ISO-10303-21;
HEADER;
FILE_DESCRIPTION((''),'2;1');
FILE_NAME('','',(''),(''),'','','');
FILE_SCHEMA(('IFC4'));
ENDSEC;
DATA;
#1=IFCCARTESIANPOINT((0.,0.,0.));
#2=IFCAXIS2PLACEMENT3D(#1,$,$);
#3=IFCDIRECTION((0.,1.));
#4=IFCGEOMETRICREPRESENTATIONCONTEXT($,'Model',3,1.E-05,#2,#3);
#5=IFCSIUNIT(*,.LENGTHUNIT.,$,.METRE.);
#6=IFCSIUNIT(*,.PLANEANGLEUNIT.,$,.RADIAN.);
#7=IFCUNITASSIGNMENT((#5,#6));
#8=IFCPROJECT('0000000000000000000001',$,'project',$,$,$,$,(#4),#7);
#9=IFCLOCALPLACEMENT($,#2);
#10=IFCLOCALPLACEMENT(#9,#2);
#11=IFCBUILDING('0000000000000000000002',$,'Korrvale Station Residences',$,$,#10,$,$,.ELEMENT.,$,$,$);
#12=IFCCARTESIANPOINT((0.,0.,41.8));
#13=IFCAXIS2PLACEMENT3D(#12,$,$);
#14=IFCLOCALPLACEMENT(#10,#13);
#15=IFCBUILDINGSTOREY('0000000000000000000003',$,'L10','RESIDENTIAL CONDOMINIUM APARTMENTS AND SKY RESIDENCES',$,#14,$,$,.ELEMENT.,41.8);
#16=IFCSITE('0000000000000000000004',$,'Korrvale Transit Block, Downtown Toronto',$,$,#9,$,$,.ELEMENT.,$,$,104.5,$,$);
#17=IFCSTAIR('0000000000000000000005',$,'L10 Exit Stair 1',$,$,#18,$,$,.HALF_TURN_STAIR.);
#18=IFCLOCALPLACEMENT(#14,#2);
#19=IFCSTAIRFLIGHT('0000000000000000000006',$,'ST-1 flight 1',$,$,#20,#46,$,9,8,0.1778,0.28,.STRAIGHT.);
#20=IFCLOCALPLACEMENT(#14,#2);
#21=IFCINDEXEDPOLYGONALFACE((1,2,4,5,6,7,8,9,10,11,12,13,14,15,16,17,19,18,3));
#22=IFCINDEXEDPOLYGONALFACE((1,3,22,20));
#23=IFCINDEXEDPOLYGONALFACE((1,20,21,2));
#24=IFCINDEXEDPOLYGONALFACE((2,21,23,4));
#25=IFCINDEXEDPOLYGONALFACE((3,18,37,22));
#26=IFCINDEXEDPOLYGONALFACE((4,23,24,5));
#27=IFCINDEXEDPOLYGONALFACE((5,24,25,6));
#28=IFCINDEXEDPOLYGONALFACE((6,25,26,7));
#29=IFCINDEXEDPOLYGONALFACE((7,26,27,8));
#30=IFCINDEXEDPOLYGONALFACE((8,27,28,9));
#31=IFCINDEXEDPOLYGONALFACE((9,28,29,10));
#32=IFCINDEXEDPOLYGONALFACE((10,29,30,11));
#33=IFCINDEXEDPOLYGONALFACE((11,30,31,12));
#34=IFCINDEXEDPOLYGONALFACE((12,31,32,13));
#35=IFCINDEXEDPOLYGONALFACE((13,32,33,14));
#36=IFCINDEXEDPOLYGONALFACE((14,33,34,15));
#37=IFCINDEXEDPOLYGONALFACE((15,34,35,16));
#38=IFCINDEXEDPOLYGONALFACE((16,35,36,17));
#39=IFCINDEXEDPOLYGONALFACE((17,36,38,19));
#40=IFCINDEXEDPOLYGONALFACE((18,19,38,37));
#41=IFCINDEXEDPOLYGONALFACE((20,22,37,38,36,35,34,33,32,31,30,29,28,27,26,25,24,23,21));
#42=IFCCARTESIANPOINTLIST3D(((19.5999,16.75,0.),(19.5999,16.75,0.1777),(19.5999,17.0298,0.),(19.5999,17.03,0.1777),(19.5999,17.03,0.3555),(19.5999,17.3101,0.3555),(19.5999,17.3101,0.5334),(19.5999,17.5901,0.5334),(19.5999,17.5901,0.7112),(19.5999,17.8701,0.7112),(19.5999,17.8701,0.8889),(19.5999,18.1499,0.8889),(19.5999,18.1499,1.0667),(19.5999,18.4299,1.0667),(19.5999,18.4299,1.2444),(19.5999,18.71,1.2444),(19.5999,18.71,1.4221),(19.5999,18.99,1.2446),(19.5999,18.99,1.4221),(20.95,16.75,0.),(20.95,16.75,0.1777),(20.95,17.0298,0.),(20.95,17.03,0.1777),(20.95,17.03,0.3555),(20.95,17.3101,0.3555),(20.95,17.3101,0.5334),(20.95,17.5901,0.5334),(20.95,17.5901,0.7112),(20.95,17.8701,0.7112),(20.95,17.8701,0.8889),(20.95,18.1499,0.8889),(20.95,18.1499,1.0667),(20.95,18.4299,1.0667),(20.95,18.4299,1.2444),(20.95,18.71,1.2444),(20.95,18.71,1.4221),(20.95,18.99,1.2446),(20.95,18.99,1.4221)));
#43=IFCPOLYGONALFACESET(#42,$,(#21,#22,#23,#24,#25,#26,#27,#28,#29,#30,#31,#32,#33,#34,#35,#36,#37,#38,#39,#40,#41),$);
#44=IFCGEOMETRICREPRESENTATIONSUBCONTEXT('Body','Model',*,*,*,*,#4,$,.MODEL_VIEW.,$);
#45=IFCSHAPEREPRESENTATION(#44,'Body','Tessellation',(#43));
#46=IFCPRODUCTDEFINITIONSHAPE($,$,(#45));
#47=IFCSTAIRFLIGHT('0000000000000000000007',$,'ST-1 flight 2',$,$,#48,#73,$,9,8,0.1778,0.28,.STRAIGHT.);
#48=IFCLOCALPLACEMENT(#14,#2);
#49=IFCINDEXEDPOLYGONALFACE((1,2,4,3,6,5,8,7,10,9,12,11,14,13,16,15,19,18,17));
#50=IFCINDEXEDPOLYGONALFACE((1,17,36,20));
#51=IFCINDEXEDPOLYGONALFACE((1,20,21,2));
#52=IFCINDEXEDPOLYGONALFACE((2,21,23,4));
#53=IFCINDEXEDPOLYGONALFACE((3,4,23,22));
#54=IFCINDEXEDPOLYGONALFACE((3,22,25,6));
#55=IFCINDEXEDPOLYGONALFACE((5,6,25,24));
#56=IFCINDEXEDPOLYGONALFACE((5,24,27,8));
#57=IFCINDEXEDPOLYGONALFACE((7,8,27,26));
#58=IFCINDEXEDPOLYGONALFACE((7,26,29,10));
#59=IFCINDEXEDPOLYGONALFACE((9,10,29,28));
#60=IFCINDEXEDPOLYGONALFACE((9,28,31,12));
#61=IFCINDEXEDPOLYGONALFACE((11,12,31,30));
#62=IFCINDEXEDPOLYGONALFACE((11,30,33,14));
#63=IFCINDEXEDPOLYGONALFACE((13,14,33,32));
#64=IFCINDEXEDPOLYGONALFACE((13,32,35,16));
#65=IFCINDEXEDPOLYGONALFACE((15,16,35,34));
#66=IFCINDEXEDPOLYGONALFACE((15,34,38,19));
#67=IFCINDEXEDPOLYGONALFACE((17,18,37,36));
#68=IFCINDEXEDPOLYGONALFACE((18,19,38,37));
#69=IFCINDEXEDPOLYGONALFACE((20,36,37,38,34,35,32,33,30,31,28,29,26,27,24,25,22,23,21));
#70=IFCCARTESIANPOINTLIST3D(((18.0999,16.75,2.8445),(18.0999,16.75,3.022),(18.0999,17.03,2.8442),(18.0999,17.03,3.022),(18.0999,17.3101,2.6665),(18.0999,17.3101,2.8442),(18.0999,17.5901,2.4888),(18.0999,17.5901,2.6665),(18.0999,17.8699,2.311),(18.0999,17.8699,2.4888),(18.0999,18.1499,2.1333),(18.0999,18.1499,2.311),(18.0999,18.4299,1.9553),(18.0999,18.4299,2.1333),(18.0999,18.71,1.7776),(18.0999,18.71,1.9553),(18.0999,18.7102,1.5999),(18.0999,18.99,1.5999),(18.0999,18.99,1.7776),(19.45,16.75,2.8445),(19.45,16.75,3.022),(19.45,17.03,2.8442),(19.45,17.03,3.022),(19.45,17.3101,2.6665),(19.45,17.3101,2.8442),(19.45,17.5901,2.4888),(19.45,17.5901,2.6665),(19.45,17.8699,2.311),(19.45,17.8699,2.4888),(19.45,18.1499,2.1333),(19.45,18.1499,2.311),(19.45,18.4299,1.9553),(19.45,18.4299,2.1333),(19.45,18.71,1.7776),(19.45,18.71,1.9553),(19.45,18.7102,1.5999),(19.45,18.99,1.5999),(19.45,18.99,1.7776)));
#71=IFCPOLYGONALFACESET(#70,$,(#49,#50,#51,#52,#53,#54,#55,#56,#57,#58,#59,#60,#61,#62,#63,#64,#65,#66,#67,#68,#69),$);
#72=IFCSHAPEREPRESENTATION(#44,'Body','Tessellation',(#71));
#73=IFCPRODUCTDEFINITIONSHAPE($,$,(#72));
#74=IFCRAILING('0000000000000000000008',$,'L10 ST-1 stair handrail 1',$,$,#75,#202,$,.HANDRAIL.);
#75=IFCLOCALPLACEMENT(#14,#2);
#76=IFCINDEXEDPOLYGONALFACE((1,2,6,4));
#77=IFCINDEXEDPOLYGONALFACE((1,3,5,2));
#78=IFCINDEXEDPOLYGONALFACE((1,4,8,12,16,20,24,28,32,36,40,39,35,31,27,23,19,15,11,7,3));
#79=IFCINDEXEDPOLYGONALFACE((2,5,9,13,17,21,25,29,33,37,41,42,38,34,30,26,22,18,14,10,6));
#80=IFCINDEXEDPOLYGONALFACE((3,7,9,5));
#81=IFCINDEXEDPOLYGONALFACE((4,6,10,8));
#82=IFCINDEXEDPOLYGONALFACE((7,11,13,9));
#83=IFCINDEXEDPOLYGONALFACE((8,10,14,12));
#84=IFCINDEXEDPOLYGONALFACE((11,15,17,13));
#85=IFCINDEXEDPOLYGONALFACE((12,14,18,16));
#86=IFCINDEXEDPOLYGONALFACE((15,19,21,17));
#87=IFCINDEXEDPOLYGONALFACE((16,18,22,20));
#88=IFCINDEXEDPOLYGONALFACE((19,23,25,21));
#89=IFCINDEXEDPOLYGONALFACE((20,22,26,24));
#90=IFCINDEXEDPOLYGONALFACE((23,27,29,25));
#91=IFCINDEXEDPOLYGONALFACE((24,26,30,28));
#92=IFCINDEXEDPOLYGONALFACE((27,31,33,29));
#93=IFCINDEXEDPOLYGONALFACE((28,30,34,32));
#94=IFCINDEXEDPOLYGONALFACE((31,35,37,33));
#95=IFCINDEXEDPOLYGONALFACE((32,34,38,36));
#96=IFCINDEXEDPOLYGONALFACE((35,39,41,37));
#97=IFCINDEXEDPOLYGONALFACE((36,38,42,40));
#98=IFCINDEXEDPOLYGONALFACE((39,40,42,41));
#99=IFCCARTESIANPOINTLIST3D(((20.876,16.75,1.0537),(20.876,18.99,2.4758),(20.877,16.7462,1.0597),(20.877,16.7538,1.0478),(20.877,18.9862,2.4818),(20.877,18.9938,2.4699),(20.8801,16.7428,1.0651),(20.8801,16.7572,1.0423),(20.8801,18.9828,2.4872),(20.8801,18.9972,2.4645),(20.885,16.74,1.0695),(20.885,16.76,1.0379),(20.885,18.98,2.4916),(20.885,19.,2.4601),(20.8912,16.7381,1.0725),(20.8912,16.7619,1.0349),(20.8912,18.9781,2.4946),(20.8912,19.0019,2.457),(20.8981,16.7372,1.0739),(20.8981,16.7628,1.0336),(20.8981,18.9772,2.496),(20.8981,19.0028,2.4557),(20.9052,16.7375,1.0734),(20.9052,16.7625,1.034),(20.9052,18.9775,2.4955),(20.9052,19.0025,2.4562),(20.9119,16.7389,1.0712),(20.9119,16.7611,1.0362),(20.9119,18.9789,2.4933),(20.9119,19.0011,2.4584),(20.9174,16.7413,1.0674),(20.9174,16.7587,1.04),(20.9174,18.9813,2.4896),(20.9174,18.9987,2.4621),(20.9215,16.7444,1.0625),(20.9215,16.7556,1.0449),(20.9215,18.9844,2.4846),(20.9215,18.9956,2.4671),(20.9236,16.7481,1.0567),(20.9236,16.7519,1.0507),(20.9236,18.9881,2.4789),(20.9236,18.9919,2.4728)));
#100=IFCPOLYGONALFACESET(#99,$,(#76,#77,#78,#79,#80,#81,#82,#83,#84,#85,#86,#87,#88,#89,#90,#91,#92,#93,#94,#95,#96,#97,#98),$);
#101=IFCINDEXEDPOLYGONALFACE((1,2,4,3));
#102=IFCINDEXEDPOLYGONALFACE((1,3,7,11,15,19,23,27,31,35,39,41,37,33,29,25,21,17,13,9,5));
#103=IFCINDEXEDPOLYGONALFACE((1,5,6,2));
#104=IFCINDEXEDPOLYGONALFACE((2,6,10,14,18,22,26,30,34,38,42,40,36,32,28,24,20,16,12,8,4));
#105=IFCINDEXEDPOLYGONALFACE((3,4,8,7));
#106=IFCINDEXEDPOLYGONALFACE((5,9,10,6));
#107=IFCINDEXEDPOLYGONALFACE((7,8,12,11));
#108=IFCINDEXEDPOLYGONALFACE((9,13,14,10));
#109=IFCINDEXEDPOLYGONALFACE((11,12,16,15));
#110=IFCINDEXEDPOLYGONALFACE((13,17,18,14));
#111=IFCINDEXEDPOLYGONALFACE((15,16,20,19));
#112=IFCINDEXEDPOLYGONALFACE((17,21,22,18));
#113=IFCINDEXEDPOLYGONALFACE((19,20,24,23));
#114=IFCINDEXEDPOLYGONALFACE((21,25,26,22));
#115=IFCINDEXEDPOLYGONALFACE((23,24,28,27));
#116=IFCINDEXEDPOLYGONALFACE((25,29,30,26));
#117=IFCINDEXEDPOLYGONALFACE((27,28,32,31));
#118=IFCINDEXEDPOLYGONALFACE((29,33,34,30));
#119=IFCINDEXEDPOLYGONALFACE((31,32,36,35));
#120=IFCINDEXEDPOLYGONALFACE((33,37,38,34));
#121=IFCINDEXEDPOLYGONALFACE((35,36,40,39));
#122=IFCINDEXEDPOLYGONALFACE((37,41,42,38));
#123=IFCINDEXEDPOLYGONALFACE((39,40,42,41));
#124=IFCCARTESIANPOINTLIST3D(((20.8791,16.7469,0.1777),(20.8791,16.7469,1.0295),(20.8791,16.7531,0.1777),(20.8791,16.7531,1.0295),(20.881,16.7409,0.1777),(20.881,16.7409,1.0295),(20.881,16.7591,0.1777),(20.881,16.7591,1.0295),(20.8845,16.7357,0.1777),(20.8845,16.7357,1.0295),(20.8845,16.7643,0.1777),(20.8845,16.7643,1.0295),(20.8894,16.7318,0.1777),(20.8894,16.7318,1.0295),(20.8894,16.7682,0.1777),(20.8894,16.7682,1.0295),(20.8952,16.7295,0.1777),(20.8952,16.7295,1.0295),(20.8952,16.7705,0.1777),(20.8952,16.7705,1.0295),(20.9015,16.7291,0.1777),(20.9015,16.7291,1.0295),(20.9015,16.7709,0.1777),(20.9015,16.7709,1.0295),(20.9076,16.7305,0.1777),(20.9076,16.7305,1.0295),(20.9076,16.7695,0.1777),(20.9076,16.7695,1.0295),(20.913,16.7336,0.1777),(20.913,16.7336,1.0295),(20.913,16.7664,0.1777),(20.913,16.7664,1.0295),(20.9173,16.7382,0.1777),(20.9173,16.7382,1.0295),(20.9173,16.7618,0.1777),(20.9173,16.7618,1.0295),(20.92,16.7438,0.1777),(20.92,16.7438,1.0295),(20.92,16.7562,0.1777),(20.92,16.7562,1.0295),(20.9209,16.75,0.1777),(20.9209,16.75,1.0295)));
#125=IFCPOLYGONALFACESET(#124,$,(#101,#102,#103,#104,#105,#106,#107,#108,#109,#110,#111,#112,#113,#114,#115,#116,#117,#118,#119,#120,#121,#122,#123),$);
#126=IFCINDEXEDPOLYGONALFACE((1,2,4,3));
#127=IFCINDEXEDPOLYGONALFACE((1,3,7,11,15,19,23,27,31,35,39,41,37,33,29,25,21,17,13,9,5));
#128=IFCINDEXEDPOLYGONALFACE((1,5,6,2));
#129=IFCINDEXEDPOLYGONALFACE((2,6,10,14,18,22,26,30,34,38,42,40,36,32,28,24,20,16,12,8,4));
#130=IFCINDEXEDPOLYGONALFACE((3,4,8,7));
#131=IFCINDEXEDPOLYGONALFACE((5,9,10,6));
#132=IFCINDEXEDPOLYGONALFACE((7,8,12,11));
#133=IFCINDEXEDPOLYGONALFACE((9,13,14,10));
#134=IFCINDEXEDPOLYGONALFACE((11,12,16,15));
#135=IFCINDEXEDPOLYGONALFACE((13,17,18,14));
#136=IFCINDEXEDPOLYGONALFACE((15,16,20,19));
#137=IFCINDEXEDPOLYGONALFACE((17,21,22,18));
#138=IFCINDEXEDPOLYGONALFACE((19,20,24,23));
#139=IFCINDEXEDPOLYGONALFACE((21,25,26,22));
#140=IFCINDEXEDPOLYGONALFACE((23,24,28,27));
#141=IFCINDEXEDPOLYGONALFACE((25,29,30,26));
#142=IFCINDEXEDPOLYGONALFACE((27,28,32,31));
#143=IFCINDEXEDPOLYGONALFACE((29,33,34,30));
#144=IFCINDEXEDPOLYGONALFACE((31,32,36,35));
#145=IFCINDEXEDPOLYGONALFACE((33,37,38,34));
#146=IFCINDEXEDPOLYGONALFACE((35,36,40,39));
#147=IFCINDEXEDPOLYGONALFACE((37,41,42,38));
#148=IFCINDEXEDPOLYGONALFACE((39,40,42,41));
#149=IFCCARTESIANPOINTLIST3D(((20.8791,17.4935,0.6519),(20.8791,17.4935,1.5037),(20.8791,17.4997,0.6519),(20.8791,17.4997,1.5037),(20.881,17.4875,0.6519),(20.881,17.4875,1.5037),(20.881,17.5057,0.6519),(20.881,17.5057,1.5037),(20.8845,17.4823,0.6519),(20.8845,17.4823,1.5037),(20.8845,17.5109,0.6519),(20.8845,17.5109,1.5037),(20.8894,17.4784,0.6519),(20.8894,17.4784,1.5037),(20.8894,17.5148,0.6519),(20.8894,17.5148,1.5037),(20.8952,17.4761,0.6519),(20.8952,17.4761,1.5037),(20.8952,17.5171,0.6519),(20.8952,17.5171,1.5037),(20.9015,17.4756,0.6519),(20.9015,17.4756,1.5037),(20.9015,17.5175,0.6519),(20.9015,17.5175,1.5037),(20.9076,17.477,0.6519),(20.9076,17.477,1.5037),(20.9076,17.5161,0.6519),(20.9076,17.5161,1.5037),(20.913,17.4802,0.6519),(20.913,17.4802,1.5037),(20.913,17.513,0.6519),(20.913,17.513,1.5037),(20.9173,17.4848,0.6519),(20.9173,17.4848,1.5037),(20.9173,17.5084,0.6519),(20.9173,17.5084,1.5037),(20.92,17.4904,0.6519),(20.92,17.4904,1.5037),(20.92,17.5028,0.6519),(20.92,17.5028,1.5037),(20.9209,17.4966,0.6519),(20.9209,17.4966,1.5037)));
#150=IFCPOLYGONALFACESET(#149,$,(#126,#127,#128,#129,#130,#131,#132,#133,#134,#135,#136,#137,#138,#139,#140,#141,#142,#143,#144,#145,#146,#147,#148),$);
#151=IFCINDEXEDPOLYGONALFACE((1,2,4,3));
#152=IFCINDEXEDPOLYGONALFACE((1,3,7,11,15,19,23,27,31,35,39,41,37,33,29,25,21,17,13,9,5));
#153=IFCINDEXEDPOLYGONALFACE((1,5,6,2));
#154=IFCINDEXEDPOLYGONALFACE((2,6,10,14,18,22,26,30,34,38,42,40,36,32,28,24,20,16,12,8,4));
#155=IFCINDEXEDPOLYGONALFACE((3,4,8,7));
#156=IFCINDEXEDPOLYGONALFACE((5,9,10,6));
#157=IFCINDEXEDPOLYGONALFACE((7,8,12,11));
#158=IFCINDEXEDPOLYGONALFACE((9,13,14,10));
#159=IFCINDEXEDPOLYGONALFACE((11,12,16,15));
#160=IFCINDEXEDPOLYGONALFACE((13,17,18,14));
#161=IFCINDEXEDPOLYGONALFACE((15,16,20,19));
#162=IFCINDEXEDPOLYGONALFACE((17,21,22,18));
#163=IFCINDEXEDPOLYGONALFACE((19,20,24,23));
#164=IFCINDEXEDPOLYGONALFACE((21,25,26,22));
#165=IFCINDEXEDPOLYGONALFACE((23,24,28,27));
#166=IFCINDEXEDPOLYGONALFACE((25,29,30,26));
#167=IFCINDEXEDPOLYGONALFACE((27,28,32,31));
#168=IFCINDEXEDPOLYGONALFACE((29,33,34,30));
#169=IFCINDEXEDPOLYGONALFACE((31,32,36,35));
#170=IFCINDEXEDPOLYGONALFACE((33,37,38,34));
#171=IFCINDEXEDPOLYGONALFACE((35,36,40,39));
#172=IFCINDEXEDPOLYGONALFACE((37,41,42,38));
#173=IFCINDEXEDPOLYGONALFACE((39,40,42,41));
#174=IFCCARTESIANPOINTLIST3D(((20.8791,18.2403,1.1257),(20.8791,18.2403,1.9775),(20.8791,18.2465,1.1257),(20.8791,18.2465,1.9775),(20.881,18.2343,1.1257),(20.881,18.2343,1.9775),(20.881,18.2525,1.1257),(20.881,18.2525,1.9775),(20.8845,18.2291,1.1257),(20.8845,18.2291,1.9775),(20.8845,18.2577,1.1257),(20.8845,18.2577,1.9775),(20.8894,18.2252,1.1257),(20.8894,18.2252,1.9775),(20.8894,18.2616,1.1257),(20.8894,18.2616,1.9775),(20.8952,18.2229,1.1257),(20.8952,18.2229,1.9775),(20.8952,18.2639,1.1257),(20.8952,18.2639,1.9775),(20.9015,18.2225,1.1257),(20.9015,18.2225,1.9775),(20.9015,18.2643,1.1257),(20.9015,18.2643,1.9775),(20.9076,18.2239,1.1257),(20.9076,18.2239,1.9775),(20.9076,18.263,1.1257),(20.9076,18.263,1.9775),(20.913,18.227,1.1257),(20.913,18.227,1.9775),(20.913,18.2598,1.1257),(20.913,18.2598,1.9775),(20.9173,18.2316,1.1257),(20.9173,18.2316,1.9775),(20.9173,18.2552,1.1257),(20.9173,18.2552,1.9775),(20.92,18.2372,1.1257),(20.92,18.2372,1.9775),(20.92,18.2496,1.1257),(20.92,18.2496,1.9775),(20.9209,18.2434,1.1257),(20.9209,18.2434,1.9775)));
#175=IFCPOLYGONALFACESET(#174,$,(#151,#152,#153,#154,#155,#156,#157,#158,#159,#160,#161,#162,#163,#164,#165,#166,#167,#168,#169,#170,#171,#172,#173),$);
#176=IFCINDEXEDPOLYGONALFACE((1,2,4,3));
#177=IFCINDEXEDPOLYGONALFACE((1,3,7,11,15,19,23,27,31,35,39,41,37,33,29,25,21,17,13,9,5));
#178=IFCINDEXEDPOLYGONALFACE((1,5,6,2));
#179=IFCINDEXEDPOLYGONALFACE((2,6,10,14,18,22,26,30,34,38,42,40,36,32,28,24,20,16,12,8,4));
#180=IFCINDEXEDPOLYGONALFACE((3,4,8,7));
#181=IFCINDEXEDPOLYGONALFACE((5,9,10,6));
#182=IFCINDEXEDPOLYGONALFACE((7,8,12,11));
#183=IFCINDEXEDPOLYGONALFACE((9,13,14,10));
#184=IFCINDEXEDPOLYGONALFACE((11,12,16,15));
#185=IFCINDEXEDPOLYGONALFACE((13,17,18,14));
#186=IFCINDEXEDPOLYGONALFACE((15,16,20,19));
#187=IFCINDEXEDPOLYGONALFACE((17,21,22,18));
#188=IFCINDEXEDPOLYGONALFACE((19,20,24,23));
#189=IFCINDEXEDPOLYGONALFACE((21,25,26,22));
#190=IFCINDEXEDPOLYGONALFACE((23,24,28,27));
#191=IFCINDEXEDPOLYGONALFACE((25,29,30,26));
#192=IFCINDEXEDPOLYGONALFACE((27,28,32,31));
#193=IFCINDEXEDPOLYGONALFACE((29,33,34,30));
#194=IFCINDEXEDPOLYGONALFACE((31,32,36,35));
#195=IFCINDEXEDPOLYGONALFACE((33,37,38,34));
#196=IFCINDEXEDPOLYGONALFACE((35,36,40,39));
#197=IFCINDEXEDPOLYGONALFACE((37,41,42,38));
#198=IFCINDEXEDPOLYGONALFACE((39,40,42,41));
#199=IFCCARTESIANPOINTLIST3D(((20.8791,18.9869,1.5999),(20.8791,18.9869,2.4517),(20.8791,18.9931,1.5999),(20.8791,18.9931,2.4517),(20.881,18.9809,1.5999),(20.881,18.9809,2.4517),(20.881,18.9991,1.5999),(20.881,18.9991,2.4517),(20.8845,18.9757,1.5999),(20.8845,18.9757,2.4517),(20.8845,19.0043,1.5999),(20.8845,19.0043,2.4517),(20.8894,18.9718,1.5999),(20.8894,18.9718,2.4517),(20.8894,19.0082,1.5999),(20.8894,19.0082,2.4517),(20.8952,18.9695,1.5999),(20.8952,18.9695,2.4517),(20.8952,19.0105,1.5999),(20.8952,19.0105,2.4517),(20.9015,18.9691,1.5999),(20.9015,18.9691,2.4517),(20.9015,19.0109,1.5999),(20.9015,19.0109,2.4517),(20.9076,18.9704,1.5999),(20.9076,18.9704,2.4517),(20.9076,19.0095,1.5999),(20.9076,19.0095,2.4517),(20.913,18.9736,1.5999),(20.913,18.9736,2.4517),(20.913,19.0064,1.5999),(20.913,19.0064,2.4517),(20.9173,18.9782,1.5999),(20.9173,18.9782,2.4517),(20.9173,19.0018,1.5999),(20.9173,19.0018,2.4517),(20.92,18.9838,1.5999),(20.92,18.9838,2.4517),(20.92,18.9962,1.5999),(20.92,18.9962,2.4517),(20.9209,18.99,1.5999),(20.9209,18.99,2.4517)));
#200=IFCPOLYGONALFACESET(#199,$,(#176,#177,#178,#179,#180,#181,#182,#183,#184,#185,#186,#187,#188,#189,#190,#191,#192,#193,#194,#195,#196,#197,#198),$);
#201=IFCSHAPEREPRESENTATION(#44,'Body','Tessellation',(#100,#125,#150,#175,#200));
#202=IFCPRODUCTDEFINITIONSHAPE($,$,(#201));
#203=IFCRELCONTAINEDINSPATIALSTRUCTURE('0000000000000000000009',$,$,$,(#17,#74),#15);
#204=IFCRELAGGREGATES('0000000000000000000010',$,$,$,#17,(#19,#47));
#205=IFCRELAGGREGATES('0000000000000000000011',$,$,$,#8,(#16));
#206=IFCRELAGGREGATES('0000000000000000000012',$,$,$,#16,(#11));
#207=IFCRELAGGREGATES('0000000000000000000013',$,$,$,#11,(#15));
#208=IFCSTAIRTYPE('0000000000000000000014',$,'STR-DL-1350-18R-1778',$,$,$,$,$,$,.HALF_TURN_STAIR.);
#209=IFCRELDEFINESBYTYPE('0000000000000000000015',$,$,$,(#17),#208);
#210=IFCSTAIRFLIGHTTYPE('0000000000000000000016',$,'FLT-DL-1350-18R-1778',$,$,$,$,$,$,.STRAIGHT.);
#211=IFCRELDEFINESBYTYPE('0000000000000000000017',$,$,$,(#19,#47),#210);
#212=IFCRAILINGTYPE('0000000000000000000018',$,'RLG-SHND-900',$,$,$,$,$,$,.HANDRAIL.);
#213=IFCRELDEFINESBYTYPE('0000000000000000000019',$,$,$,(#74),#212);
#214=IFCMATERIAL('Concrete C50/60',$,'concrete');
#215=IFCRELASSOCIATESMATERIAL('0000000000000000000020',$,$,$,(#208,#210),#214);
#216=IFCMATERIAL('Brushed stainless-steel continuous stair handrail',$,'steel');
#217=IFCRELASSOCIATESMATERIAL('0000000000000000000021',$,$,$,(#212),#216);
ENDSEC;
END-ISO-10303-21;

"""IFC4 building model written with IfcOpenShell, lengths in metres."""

from ifc_helpers import new_model, si_unit, direction, frame, origin, origin_2d, place, context, subcontext, project, spatial, polyline, circle, outline, extrude, material, type_object, element, aggregate, save


model = new_model("IFC4")

# Units and contexts
model_context = context("Model", 3, precision=1e-05, world=origin(), true_north=direction((0.0, 1.0)))
body_context = subcontext(model_context, "Body", "Model", "MODEL_VIEW")
ifc_project = project(units=[si_unit("LENGTHUNIT", "METRE"), si_unit("PLANEANGLEUNIT", "RADIAN")], contexts=[model_context])

# Site, building, storey
site_placement = place(None, origin())
site = spatial("IfcSite", under=ifc_project, at=site_placement, Name="Korrvale Transit Block, Downtown Toronto", CompositionType="ELEMENT", RefElevation=104.5)
building_placement = place(site_placement, origin())
building = spatial("IfcBuilding", under=site, at=building_placement, Name="Korrvale Station Residences", CompositionType="ELEMENT")
storey_placement = place(building_placement, frame((0.0, 0.0, 41.8)))
storey = spatial("IfcBuildingStorey", under=building, at=storey_placement, Name="L10", Description="RESIDENTIAL CONDOMINIUM APARTMENTS AND SKY RESIDENCES", CompositionType="ELEMENT", Elevation=41.8)

# Stair, stair flights
ifc_material_1 = material(Name="Concrete C50/60", Category="concrete")
stair_type = type_object("IfcStairType", Name="STR-DL-1350-18R-1778", PredefinedType="HALF_TURN_STAIR", material=ifc_material_1)
stair_placement = place(storey_placement, origin())
stair = element("IfcStair", 1, at=stair_placement, inside=storey, type_object=stair_type, Name="L10 Exit Stair 1", PredefinedType="HALF_TURN_STAIR")
stair_flight_type = type_object("IfcStairFlightType", Name="FLT-DL-1350-18R-1778", PredefinedType="STRAIGHT", material=ifc_material_1)
stair_flight_1_placement = place(storey_placement, frame((20.2749, 16.75, 0.0), z_axis=(0.0, 0.0, 1.0), x_axis=(0.0, 1.0, 0.0)))
stair_flight_1 = element("IfcStairFlight", 2, at=stair_flight_1_placement, type_object=stair_flight_type, Name="ST-1 flight 1", NumberOfRisers=9, NumberOfTreads=8, PredefinedType="STRAIGHT", RiserHeight=0.1778, TreadLength=0.28, context=body_context, shape_type="SweptSolid", body=[
    extrude(outline(polyline([(0.0, 0.0), (0.0, 0.1777), (0.28, 0.1777), (0.28, 0.3555), (0.5601, 0.3555), (0.5601, 0.5334), (0.8401, 0.5334), (0.8401, 0.7112), (1.1201, 0.7112), (1.1201, 0.8889), (1.3999, 0.8889), (1.3999, 1.0667), (1.6799, 1.0667), (1.6799, 1.2444), (1.96, 1.2444), (1.96, 1.4221), (2.24, 1.4221), (2.24, 1.6001), (2.24, 1.2446), (0.2798, 0.0), (0.0, 0.0)])), frame((0.0, 0.675, 0.0), z_axis=(0.0, -1.0, 0.0), x_axis=(1.0, 0.0, 0.0)), (0.0, 0.0, 1.0), 1.3501),
])
stair_flight_2_placement = place(storey_placement, frame((18.7749, 18.99, 1.5999), z_axis=(0.0, 0.0, 1.0), x_axis=(0.0, -1.0, 0.0)))
stair_flight_2 = element("IfcStairFlight", 3, at=stair_flight_2_placement, type_object=stair_flight_type, Name="ST-1 flight 2", NumberOfRisers=9, NumberOfTreads=8, PredefinedType="STRAIGHT", RiserHeight=0.1778, TreadLength=0.28, context=body_context, shape_type="SweptSolid", body=[
    extrude(outline(polyline([(0.0, 0.0), (0.0, 0.1777), (0.28, 0.1777), (0.28, 0.3555), (0.5601, 0.3555), (0.5601, 0.5334), (0.8401, 0.5334), (0.8401, 0.7112), (1.1201, 0.7112), (1.1201, 0.8889), (1.3999, 0.8889), (1.3999, 1.0667), (1.6799, 1.0667), (1.6799, 1.2444), (1.96, 1.2444), (1.96, 1.4221), (2.24, 1.4221), (2.24, 1.6001), (2.24, 1.2446), (0.2798, 0.0), (0.0, 0.0)])), frame((0.0, 0.675, 0.0), z_axis=(0.0, -1.0, 0.0), x_axis=(1.0, 0.0, 0.0)), (0.0, 0.0, 1.0), 1.3501),
])
aggregate(stair, [stair_flight_1, stair_flight_2])

# Railing
ifc_material_2 = material(Name="Brushed stainless-steel continuous stair handrail", Category="steel")
railing_type_1 = type_object("IfcRailingType", Name="RLG-SHND-900", PredefinedType="HANDRAIL", material=ifc_material_2)
railing_1_placement = place(storey_placement, frame((20.8999, 16.75, 0.1777)))
element("IfcRailing", 4, at=railing_1_placement, inside=storey, type_object=railing_type_1, Name="L10 ST-1 stair handrail 1", PredefinedType="HANDRAIL", context=body_context, shape_type="SweptSolid", body=[
    extrude(circle(Radius=0.0239, at=origin_2d()), frame((0.0, 0.0, 0.876), z_axis=(0.0, 0.844229, 0.535982), x_axis=(-1.0, 0.0, 0.0)), (0.0, 0.0, 1.0), 2.6533),
    extrude(circle(Radius=0.021, at=origin_2d()), origin(), (0.0, 0.0, 1.0), 0.8518),
    extrude(circle(Radius=0.021, at=origin_2d()), frame((0.0, 0.7466, 0.4741)), (0.0, 0.0, 1.0), 0.8518),
    extrude(circle(Radius=0.021, at=origin_2d()), frame((0.0, 1.4934, 0.948)), (0.0, 0.0, 1.0), 0.8518),
    extrude(circle(Radius=0.021, at=origin_2d()), frame((0.0, 2.24, 1.4221)), (0.0, 0.0, 1.0), 0.8518),
])

save(model, "model.ifc")
